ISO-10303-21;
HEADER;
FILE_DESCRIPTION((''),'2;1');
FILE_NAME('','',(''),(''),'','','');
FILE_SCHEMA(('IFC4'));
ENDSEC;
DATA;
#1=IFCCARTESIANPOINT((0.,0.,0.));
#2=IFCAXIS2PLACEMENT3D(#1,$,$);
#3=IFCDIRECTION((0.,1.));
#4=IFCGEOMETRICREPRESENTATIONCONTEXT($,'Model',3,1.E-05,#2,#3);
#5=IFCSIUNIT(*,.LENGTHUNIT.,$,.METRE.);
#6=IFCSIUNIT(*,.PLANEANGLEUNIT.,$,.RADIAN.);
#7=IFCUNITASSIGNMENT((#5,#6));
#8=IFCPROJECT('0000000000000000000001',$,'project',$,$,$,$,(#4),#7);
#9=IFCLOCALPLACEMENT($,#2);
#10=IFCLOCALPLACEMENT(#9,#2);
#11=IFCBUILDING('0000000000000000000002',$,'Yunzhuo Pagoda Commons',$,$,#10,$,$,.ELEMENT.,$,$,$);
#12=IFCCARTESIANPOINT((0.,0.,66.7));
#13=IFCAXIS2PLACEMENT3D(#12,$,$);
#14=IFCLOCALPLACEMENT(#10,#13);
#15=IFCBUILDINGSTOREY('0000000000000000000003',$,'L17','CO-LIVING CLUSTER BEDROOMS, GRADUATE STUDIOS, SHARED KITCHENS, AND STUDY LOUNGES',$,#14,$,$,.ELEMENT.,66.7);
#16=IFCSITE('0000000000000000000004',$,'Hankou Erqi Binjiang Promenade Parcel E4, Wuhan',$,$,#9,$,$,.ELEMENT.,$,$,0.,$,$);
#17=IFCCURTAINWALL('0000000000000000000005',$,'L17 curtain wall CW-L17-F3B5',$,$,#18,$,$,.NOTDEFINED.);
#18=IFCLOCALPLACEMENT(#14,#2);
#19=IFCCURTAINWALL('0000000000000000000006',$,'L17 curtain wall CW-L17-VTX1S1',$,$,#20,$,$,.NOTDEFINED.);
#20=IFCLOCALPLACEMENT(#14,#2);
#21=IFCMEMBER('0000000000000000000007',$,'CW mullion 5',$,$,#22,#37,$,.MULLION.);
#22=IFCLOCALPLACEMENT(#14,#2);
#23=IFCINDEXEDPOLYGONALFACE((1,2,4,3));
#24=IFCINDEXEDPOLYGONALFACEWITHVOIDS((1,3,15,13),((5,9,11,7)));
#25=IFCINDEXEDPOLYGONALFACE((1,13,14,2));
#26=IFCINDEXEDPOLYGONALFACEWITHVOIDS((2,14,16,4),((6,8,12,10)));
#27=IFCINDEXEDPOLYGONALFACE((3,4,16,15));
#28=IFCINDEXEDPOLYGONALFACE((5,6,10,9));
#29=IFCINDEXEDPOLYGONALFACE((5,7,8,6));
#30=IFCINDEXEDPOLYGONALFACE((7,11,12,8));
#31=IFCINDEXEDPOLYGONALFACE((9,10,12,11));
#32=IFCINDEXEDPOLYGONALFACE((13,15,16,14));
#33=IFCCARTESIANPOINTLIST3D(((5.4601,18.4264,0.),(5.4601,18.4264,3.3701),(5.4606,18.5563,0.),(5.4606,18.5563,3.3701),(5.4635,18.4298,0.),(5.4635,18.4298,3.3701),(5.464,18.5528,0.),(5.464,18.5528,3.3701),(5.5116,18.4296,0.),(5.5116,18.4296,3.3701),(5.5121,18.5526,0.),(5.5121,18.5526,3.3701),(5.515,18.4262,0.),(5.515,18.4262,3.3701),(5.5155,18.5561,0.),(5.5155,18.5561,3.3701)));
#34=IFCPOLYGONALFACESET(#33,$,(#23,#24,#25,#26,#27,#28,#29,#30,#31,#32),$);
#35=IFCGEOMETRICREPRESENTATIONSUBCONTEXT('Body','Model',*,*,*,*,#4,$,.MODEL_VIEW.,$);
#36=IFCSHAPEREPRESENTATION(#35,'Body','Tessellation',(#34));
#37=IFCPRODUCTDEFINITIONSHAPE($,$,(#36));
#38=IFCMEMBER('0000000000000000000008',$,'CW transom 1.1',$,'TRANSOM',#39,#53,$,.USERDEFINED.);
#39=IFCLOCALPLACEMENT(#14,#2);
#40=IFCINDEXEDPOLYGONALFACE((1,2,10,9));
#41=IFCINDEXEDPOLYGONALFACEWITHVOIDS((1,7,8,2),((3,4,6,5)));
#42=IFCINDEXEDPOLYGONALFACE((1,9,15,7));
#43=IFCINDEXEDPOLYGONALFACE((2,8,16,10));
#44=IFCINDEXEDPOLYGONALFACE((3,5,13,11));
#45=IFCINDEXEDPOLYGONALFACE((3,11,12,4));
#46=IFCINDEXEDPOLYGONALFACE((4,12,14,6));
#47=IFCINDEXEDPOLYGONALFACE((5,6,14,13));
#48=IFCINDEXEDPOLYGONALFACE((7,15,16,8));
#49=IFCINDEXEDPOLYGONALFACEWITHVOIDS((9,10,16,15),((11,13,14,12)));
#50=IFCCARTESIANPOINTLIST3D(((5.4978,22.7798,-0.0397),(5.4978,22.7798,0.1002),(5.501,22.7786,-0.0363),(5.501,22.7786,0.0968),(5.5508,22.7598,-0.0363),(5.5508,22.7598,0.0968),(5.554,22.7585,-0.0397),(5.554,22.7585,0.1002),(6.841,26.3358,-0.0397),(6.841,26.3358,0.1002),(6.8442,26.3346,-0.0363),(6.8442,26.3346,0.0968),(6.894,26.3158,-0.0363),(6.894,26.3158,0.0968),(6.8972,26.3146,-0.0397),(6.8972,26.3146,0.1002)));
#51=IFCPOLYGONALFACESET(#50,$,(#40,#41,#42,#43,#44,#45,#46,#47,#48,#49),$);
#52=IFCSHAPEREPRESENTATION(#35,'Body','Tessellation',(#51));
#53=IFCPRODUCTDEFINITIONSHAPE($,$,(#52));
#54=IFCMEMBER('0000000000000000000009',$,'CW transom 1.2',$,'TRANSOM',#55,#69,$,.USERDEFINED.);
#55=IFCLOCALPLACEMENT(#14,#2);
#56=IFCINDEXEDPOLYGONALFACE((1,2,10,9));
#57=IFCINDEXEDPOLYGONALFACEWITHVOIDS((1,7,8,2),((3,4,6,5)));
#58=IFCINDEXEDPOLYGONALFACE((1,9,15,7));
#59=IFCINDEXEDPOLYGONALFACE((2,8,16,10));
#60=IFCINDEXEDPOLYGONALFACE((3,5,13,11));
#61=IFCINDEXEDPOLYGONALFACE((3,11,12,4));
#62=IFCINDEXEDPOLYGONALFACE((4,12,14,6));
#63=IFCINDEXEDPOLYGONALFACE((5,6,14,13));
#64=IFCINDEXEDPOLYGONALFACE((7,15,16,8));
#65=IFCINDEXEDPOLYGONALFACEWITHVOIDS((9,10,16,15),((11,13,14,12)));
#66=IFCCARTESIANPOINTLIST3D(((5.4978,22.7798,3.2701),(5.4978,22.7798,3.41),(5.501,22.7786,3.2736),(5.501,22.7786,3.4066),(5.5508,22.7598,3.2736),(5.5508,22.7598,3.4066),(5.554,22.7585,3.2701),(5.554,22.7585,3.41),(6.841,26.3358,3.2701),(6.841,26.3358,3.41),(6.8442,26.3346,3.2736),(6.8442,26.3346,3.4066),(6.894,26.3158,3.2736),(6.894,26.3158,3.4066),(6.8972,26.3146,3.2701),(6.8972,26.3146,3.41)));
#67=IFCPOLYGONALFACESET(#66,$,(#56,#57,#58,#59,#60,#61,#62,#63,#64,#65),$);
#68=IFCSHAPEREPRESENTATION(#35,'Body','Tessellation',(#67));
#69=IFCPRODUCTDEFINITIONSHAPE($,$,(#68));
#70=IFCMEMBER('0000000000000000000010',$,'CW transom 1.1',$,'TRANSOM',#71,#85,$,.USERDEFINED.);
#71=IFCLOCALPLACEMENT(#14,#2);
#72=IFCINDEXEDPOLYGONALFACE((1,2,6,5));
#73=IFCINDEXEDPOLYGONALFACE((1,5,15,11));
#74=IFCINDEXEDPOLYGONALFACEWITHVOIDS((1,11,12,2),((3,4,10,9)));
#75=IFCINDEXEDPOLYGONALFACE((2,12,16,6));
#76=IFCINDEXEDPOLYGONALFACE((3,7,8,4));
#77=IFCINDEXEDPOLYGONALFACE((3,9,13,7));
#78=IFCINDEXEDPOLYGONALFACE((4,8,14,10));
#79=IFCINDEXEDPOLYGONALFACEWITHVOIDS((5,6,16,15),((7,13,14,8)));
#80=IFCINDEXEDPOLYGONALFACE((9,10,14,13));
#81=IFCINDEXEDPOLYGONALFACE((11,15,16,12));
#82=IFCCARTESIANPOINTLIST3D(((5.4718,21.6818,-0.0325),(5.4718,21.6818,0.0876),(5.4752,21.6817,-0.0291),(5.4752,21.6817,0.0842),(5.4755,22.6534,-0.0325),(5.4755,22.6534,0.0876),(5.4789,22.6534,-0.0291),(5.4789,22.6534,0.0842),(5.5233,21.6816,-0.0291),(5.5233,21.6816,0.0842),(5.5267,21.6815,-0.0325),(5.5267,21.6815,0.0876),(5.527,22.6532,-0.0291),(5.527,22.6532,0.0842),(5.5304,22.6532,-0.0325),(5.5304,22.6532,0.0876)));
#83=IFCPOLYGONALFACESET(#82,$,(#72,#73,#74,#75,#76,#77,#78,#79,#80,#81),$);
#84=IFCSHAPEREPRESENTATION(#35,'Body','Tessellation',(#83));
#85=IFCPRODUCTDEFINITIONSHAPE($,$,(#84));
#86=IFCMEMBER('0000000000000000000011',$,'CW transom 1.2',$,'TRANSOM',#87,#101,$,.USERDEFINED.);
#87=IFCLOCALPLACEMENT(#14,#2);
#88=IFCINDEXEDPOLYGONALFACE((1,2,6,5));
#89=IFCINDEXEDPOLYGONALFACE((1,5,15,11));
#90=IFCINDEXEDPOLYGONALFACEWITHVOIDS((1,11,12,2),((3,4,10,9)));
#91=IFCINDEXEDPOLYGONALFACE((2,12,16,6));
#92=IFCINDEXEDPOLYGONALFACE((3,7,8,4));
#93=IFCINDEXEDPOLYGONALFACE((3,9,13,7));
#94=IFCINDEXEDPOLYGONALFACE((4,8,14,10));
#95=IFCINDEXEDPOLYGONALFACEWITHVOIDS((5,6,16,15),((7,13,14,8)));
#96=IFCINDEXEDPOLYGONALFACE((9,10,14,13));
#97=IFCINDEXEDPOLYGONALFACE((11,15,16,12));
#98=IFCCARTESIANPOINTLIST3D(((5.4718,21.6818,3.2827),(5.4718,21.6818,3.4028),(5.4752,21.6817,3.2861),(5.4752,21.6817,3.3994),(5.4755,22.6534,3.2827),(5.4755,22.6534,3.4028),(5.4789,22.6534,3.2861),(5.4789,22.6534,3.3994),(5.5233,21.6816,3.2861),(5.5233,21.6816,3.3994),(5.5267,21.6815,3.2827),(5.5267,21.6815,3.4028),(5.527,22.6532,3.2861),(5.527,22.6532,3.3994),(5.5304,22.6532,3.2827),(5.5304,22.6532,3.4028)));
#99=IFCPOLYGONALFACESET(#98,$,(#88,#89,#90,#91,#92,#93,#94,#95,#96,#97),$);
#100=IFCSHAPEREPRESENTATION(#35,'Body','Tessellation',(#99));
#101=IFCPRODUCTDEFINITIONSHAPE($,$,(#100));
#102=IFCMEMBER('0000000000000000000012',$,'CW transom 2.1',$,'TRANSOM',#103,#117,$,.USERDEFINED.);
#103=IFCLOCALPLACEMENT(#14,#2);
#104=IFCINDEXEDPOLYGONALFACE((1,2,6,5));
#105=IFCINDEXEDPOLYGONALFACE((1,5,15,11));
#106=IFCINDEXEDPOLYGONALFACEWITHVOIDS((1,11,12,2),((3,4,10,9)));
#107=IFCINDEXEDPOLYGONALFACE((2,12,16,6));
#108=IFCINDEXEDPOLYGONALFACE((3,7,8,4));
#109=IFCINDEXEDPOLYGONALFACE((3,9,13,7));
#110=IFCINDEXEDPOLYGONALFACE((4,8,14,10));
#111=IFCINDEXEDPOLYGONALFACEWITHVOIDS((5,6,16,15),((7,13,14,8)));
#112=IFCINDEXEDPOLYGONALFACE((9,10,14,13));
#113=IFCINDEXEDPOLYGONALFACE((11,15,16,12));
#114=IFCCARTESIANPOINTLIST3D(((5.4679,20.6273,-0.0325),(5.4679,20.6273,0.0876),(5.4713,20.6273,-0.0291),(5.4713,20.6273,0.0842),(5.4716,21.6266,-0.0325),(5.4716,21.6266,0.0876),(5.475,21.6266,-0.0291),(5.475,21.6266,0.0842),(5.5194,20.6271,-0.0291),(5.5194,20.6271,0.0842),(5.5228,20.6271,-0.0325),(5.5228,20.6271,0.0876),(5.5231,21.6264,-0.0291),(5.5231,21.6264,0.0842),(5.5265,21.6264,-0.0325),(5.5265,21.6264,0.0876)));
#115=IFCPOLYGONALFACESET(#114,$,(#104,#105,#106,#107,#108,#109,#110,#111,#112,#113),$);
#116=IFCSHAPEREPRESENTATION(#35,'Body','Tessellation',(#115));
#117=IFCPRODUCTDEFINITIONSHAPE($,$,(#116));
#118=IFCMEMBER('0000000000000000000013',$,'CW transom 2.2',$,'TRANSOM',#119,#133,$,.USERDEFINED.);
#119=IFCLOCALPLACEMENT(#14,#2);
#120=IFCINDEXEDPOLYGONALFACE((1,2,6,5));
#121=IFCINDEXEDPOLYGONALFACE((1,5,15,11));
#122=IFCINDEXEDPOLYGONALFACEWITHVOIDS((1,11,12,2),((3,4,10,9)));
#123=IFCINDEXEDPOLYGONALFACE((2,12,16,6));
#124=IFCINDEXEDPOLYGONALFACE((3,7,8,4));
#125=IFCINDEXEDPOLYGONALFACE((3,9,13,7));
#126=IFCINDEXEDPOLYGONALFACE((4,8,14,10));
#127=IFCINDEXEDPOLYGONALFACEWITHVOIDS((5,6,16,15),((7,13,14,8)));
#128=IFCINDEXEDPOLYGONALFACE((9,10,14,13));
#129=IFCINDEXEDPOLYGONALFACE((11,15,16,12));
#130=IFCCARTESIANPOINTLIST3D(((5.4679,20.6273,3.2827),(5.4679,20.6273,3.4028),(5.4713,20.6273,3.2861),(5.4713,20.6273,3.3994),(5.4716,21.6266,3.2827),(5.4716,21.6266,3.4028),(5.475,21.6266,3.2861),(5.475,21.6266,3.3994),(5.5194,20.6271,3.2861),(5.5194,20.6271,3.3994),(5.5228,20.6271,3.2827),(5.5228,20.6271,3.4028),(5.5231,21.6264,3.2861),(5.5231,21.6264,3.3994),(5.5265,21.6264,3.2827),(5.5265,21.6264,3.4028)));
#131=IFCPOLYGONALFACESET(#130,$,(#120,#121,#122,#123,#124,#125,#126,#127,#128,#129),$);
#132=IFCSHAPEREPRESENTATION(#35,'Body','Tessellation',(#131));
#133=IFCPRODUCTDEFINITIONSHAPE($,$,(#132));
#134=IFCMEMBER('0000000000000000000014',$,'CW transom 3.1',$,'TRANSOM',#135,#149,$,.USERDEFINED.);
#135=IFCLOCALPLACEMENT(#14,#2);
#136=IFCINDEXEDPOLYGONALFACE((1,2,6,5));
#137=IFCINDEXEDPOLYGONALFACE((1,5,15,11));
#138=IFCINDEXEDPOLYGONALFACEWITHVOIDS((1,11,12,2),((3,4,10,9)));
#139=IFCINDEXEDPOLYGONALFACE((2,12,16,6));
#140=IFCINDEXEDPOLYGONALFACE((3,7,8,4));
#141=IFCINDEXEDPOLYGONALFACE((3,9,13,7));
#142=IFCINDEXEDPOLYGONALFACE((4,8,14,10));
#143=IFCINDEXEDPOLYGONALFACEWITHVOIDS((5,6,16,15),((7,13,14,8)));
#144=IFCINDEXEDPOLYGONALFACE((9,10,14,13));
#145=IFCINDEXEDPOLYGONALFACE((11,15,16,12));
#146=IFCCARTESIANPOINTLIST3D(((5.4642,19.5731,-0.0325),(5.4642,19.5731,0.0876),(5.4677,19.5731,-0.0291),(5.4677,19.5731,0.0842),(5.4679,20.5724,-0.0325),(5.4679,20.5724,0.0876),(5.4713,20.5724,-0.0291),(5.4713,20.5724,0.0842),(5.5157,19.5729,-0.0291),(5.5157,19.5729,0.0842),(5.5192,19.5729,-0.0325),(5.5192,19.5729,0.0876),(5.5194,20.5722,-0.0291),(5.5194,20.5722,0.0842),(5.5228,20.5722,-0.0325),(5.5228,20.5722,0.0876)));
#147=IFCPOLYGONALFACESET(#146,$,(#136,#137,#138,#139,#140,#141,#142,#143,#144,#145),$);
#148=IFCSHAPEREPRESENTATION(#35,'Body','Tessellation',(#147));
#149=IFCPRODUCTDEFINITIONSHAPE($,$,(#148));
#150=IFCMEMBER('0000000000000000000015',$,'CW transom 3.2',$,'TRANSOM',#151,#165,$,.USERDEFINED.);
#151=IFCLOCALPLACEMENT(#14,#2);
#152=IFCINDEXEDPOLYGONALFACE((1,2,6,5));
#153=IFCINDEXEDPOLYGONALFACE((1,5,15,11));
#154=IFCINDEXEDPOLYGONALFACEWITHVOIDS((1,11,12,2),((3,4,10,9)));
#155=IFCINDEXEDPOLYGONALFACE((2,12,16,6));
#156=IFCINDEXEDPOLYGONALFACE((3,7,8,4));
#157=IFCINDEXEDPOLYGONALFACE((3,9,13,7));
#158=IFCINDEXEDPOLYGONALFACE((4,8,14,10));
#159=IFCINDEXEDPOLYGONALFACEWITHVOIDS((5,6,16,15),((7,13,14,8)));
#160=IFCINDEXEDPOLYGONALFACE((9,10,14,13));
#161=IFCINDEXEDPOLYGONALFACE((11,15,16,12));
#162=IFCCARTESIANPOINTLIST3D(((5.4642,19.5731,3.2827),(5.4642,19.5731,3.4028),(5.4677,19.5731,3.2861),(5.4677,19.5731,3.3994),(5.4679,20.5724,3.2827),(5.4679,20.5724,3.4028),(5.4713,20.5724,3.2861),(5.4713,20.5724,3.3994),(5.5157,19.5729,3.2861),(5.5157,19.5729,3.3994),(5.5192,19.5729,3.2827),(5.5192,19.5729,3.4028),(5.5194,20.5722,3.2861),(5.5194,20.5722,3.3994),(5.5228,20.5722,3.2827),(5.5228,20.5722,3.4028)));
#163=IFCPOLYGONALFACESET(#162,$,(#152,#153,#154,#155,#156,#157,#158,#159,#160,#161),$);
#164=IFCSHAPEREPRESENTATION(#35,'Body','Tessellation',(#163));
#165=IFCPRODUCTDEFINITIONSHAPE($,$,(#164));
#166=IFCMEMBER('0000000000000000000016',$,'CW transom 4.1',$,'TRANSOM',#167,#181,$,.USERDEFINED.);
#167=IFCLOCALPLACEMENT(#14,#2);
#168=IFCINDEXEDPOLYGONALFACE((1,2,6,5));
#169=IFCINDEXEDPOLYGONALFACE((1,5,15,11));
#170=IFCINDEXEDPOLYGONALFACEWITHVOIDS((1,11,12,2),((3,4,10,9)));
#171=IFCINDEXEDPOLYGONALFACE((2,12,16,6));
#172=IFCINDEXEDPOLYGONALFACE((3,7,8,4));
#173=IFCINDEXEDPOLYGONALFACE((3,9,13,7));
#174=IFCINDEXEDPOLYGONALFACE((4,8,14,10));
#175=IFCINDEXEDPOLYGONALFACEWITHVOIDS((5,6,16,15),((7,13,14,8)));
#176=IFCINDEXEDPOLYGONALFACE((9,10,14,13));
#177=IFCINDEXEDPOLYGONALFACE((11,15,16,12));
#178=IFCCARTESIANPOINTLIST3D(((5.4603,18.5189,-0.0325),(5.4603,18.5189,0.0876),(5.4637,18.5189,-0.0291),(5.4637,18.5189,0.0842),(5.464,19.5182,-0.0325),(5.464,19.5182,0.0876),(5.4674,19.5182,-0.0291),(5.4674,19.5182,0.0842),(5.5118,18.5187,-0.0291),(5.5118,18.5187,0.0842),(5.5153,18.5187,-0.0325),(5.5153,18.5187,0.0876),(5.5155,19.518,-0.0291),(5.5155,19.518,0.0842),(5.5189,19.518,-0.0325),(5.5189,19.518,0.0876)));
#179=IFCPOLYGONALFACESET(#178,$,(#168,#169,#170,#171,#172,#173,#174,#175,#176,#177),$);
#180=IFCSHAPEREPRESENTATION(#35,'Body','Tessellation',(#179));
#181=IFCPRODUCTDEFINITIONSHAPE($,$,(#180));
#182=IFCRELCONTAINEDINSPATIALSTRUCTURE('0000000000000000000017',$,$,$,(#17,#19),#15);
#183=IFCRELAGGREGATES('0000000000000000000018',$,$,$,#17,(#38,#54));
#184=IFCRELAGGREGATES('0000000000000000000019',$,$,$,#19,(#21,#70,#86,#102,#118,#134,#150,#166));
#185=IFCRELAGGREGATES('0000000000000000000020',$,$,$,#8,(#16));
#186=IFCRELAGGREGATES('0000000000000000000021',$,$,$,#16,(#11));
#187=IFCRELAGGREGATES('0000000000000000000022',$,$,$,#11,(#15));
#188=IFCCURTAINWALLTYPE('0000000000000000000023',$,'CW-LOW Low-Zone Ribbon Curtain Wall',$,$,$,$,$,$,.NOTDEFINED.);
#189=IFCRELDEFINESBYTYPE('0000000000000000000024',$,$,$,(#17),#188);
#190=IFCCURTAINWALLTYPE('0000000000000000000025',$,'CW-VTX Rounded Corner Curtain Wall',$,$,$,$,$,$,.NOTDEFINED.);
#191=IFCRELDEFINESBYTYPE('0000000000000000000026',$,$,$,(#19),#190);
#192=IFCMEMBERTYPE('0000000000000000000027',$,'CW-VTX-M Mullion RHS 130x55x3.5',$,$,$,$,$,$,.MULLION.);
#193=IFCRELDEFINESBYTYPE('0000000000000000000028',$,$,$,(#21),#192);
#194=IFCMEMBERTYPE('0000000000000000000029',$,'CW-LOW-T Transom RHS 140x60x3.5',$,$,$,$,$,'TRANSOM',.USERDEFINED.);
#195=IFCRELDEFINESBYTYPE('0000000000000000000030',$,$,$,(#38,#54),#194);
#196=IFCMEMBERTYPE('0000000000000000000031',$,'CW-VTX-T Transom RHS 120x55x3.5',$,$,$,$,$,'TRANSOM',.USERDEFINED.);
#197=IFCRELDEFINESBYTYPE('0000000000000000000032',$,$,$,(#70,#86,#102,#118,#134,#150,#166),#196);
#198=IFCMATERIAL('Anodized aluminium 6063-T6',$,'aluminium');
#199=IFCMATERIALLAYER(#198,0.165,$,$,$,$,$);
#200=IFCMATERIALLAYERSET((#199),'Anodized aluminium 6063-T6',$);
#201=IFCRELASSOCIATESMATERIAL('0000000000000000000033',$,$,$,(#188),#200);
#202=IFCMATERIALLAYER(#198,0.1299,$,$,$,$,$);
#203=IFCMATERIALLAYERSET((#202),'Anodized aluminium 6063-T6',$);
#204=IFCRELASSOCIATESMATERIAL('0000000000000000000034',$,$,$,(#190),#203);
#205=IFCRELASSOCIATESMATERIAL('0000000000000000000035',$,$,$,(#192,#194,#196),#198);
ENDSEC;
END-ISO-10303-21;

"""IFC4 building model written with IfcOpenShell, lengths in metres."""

from ifc_helpers import new_model, si_unit, direction, frame, origin, origin_2d, place, context, subcontext, project, spatial, hollow_rectangle, extrude, source, transform, mapped, material, layer, layer_set, material_profile, profile_set, type_object, element, aggregate, save


model = new_model("IFC4")

# Units and contexts
model_context = context("Model", 3, precision=1e-05, world=origin(), true_north=direction((0.0, 1.0)))
body_context = subcontext(model_context, "Body", "Model", "MODEL_VIEW")
ifc_project = project(units=[si_unit("LENGTHUNIT", "METRE"), si_unit("PLANEANGLEUNIT", "RADIAN")], contexts=[model_context])

# Site, building, storey
site_placement = place(None, origin())
site = spatial("IfcSite", under=ifc_project, at=site_placement, Name="Hankou Erqi Binjiang Promenade Parcel E4, Wuhan", CompositionType="ELEMENT", RefElevation=0.0)
building_placement = place(site_placement, origin())
building = spatial("IfcBuilding", under=site, at=building_placement, Name="Yunzhuo Pagoda Commons", CompositionType="ELEMENT")
storey_placement = place(building_placement, frame((0.0, 0.0, 66.7)))
storey = spatial("IfcBuildingStorey", under=building, at=storey_placement, Name="L17", Description="CO-LIVING CLUSTER BEDROOMS, GRADUATE STUDIOS, SHARED KITCHENS, AND STUDY LOUNGES", CompositionType="ELEMENT", Elevation=66.7)

# Shared definitions
ifc_material_1 = material(Name="Anodized aluminium 6063-T6", Category="aluminium")
ifc_layer_1 = layer(ifc_material_1, 0.165)
ifc_layer_set_1 = layer_set([ifc_layer_1], Name="Anodized aluminium 6063-T6")
curtain_wall_type_1 = type_object("IfcCurtainWallType", Name="CW-LOW Low-Zone Ribbon Curtain Wall", PredefinedType="NOTDEFINED", material=ifc_layer_set_1)

# Curtain walls, member
curtain_wall_1_placement = place(storey_placement, origin())
curtain_wall_1 = element("IfcCurtainWall", 1, at=curtain_wall_1_placement, inside=storey, type_object=curtain_wall_type_1, Name="L17 curtain wall CW-L17-F3B5", PredefinedType="NOTDEFINED")
ifc_layer_2 = layer(ifc_material_1, 0.1299)
ifc_layer_set_2 = layer_set([ifc_layer_2], Name="Anodized aluminium 6063-T6")
curtain_wall_type_2 = type_object("IfcCurtainWallType", Name="CW-VTX Rounded Corner Curtain Wall", PredefinedType="NOTDEFINED", material=ifc_layer_set_2)
curtain_wall_2_placement = place(storey_placement, origin())
curtain_wall_2 = element("IfcCurtainWall", 2, at=curtain_wall_2_placement, inside=storey, type_object=curtain_wall_type_2, Name="L17 curtain wall CW-L17-VTX1S1", PredefinedType="NOTDEFINED")
ifc_material_profile_1 = material_profile(ifc_material_1, hollow_rectangle(XDim=0.0549, YDim=0.1299, WallThickness=0.0034, at=origin_2d()), Name="Anodized aluminium 6063-T6")
ifc_profile_set_1 = profile_set([ifc_material_profile_1], Name="Anodized aluminium 6063-T6")
member_type_1 = type_object("IfcMemberType", Name="CW-VTX-M Mullion RHS 130x55x3.5", PredefinedType="MULLION", material=ifc_profile_set_1)
shared_shape_1 = source(origin(), body_context, "Body", "SweptSolid", [
    extrude(hollow_rectangle(XDim=0.0549, YDim=0.1299, WallThickness=0.0034, at=origin_2d()), origin(), (0.0, 0.0, 1.0), 3.3701),
])
member_1_placement = place(storey_placement, frame((5.4878, 18.4912, 0.0), z_axis=(0.0, 0.0, 1.0), x_axis=(0.999994, -0.003586, 0.0)))
member_1 = element("IfcMember", 3, at=member_1_placement, type_object=member_type_1, Name="CW mullion 5", PredefinedType="MULLION", context=body_context, shape_type="MappedRepresentation", body=[
    mapped(shared_shape_1, transform((0.0, 0.0, 0.0), scale=1.0)),
])

# Members
ifc_material_profile_2 = material_profile(ifc_material_1, hollow_rectangle(XDim=0.0601, YDim=0.1399, WallThickness=0.0034, at=origin_2d()), Name="Anodized aluminium 6063-T6")
ifc_profile_set_2 = profile_set([ifc_material_profile_2], Name="Anodized aluminium 6063-T6")
member_type_2 = type_object("IfcMemberType", Name="CW-LOW-T Transom RHS 140x60x3.5", ElementType="TRANSOM", PredefinedType="USERDEFINED", material=ifc_profile_set_2)
shared_shape_2 = source(origin(), body_context, "Body", "SweptSolid", [
    extrude(hollow_rectangle(XDim=0.0601, YDim=0.1399, WallThickness=0.0034, at=origin_2d()), origin(), (0.0, 0.0, 1.0), 3.8013),
])
member_2_placement = place(storey_placement, frame((6.8691, 26.3252, 0.0303), z_axis=(-0.353361, -0.935487, 0.0), x_axis=(0.935487, -0.353361, 0.0)))
member_2 = element("IfcMember", 4, at=member_2_placement, type_object=member_type_2, Name="CW transom 1.1", ObjectType="TRANSOM", PredefinedType="USERDEFINED", context=body_context, shape_type="MappedRepresentation", body=[
    mapped(shared_shape_2, transform((0.0, 0.0, 0.0), scale=1.0)),
])
member_3_placement = place(storey_placement, frame((6.8691, 26.3252, 3.3401), z_axis=(-0.353361, -0.935487, 0.0), x_axis=(0.935487, -0.353361, 0.0)))
member_3 = element("IfcMember", 5, at=member_3_placement, type_object=member_type_2, Name="CW transom 1.2", ObjectType="TRANSOM", PredefinedType="USERDEFINED", context=body_context, shape_type="MappedRepresentation", body=[
    mapped(shared_shape_2, transform((0.0, 0.0, 0.0), scale=1.0)),
])
ifc_material_profile_3 = material_profile(ifc_material_1, hollow_rectangle(XDim=0.0549, YDim=0.1201, WallThickness=0.0034, at=origin_2d()), Name="Anodized aluminium 6063-T6")
ifc_profile_set_3 = profile_set([ifc_material_profile_3], Name="Anodized aluminium 6063-T6")
member_type_3 = type_object("IfcMemberType", Name="CW-VTX-T Transom RHS 120x55x3.5", ElementType="TRANSOM", PredefinedType="USERDEFINED", material=ifc_profile_set_3)
shared_shape_3 = source(origin(), body_context, "Body", "SweptSolid", [
    extrude(hollow_rectangle(XDim=0.0549, YDim=0.1201, WallThickness=0.0034, at=origin_2d()), origin(), (0.0, 0.0, 1.0), 0.9717),
])
member_4_placement = place(storey_placement, frame((5.5029, 22.6533, 0.0276), z_axis=(-0.003769, -0.999993, 0.0), x_axis=(0.999993, -0.003769, 0.0)))
member_4 = element("IfcMember", 6, at=member_4_placement, type_object=member_type_3, Name="CW transom 1.1", ObjectType="TRANSOM", PredefinedType="USERDEFINED", context=body_context, shape_type="MappedRepresentation", body=[
    mapped(shared_shape_3, transform((0.0, 0.0, 0.0), scale=1.0)),
])
member_5_placement = place(storey_placement, frame((5.5029, 22.6533, 3.3428), z_axis=(-0.003769, -0.999993, 0.0), x_axis=(0.999993, -0.003769, 0.0)))
member_5 = element("IfcMember", 7, at=member_5_placement, type_object=member_type_3, Name="CW transom 1.2", ObjectType="TRANSOM", PredefinedType="USERDEFINED", context=body_context, shape_type="MappedRepresentation", body=[
    mapped(shared_shape_3, transform((0.0, 0.0, 0.0), scale=1.0)),
])
shared_shape_4 = source(origin(), body_context, "Body", "SweptSolid", [
    extrude(hollow_rectangle(XDim=0.0549, YDim=0.1201, WallThickness=0.0034, at=origin_2d()), origin(), (0.0, 0.0, 1.0), 0.9993),
])
member_6_placement = place(storey_placement, frame((5.499, 21.6265, 0.0276), z_axis=(-0.003665, -0.999993, 0.0), x_axis=(0.999993, -0.003665, 0.0)))
member_6 = element("IfcMember", 8, at=member_6_placement, type_object=member_type_3, Name="CW transom 2.1", ObjectType="TRANSOM", PredefinedType="USERDEFINED", context=body_context, shape_type="MappedRepresentation", body=[
    mapped(shared_shape_4, transform((0.0, 0.0, 0.0), scale=1.0)),
])
member_7_placement = place(storey_placement, frame((5.499, 21.6265, 3.3428), z_axis=(-0.003665, -0.999993, 0.0), x_axis=(0.999993, -0.003665, 0.0)))
member_7 = element("IfcMember", 9, at=member_7_placement, type_object=member_type_3, Name="CW transom 2.2", ObjectType="TRANSOM", PredefinedType="USERDEFINED", context=body_context, shape_type="MappedRepresentation", body=[
    mapped(shared_shape_4, transform((0.0, 0.0, 0.0), scale=1.0)),
])
member_8_placement = place(storey_placement, frame((5.4954, 20.5723, 0.0276), z_axis=(-0.003665, -0.999993, 0.0), x_axis=(0.999993, -0.003665, 0.0)))
member_8 = element("IfcMember", 10, at=member_8_placement, type_object=member_type_3, Name="CW transom 3.1", ObjectType="TRANSOM", PredefinedType="USERDEFINED", context=body_context, shape_type="MappedRepresentation", body=[
    mapped(shared_shape_4, transform((0.0, 0.0, 0.0), scale=1.0)),
])
member_9_placement = place(storey_placement, frame((5.4954, 20.5723, 3.3428), z_axis=(-0.003665, -0.999993, 0.0), x_axis=(0.999993, -0.003665, 0.0)))
member_9 = element("IfcMember", 11, at=member_9_placement, type_object=member_type_3, Name="CW transom 3.2", ObjectType="TRANSOM", PredefinedType="USERDEFINED", context=body_context, shape_type="MappedRepresentation", body=[
    mapped(shared_shape_4, transform((0.0, 0.0, 0.0), scale=1.0)),
])
member_10_placement = place(storey_placement, frame((5.4915, 19.5181, 0.0276), z_axis=(-0.003665, -0.999993, 0.0), x_axis=(0.999993, -0.003665, 0.0)))
member_10 = element("IfcMember", 12, at=member_10_placement, type_object=member_type_3, Name="CW transom 4.1", ObjectType="TRANSOM", PredefinedType="USERDEFINED", context=body_context, shape_type="MappedRepresentation", body=[
    mapped(shared_shape_4, transform((0.0, 0.0, 0.0), scale=1.0)),
])

aggregate(curtain_wall_1, [member_2, member_3])
aggregate(curtain_wall_2, [member_1, member_4, member_5, member_6, member_7, member_8, member_9, member_10])

save(model, "model.ifc")
